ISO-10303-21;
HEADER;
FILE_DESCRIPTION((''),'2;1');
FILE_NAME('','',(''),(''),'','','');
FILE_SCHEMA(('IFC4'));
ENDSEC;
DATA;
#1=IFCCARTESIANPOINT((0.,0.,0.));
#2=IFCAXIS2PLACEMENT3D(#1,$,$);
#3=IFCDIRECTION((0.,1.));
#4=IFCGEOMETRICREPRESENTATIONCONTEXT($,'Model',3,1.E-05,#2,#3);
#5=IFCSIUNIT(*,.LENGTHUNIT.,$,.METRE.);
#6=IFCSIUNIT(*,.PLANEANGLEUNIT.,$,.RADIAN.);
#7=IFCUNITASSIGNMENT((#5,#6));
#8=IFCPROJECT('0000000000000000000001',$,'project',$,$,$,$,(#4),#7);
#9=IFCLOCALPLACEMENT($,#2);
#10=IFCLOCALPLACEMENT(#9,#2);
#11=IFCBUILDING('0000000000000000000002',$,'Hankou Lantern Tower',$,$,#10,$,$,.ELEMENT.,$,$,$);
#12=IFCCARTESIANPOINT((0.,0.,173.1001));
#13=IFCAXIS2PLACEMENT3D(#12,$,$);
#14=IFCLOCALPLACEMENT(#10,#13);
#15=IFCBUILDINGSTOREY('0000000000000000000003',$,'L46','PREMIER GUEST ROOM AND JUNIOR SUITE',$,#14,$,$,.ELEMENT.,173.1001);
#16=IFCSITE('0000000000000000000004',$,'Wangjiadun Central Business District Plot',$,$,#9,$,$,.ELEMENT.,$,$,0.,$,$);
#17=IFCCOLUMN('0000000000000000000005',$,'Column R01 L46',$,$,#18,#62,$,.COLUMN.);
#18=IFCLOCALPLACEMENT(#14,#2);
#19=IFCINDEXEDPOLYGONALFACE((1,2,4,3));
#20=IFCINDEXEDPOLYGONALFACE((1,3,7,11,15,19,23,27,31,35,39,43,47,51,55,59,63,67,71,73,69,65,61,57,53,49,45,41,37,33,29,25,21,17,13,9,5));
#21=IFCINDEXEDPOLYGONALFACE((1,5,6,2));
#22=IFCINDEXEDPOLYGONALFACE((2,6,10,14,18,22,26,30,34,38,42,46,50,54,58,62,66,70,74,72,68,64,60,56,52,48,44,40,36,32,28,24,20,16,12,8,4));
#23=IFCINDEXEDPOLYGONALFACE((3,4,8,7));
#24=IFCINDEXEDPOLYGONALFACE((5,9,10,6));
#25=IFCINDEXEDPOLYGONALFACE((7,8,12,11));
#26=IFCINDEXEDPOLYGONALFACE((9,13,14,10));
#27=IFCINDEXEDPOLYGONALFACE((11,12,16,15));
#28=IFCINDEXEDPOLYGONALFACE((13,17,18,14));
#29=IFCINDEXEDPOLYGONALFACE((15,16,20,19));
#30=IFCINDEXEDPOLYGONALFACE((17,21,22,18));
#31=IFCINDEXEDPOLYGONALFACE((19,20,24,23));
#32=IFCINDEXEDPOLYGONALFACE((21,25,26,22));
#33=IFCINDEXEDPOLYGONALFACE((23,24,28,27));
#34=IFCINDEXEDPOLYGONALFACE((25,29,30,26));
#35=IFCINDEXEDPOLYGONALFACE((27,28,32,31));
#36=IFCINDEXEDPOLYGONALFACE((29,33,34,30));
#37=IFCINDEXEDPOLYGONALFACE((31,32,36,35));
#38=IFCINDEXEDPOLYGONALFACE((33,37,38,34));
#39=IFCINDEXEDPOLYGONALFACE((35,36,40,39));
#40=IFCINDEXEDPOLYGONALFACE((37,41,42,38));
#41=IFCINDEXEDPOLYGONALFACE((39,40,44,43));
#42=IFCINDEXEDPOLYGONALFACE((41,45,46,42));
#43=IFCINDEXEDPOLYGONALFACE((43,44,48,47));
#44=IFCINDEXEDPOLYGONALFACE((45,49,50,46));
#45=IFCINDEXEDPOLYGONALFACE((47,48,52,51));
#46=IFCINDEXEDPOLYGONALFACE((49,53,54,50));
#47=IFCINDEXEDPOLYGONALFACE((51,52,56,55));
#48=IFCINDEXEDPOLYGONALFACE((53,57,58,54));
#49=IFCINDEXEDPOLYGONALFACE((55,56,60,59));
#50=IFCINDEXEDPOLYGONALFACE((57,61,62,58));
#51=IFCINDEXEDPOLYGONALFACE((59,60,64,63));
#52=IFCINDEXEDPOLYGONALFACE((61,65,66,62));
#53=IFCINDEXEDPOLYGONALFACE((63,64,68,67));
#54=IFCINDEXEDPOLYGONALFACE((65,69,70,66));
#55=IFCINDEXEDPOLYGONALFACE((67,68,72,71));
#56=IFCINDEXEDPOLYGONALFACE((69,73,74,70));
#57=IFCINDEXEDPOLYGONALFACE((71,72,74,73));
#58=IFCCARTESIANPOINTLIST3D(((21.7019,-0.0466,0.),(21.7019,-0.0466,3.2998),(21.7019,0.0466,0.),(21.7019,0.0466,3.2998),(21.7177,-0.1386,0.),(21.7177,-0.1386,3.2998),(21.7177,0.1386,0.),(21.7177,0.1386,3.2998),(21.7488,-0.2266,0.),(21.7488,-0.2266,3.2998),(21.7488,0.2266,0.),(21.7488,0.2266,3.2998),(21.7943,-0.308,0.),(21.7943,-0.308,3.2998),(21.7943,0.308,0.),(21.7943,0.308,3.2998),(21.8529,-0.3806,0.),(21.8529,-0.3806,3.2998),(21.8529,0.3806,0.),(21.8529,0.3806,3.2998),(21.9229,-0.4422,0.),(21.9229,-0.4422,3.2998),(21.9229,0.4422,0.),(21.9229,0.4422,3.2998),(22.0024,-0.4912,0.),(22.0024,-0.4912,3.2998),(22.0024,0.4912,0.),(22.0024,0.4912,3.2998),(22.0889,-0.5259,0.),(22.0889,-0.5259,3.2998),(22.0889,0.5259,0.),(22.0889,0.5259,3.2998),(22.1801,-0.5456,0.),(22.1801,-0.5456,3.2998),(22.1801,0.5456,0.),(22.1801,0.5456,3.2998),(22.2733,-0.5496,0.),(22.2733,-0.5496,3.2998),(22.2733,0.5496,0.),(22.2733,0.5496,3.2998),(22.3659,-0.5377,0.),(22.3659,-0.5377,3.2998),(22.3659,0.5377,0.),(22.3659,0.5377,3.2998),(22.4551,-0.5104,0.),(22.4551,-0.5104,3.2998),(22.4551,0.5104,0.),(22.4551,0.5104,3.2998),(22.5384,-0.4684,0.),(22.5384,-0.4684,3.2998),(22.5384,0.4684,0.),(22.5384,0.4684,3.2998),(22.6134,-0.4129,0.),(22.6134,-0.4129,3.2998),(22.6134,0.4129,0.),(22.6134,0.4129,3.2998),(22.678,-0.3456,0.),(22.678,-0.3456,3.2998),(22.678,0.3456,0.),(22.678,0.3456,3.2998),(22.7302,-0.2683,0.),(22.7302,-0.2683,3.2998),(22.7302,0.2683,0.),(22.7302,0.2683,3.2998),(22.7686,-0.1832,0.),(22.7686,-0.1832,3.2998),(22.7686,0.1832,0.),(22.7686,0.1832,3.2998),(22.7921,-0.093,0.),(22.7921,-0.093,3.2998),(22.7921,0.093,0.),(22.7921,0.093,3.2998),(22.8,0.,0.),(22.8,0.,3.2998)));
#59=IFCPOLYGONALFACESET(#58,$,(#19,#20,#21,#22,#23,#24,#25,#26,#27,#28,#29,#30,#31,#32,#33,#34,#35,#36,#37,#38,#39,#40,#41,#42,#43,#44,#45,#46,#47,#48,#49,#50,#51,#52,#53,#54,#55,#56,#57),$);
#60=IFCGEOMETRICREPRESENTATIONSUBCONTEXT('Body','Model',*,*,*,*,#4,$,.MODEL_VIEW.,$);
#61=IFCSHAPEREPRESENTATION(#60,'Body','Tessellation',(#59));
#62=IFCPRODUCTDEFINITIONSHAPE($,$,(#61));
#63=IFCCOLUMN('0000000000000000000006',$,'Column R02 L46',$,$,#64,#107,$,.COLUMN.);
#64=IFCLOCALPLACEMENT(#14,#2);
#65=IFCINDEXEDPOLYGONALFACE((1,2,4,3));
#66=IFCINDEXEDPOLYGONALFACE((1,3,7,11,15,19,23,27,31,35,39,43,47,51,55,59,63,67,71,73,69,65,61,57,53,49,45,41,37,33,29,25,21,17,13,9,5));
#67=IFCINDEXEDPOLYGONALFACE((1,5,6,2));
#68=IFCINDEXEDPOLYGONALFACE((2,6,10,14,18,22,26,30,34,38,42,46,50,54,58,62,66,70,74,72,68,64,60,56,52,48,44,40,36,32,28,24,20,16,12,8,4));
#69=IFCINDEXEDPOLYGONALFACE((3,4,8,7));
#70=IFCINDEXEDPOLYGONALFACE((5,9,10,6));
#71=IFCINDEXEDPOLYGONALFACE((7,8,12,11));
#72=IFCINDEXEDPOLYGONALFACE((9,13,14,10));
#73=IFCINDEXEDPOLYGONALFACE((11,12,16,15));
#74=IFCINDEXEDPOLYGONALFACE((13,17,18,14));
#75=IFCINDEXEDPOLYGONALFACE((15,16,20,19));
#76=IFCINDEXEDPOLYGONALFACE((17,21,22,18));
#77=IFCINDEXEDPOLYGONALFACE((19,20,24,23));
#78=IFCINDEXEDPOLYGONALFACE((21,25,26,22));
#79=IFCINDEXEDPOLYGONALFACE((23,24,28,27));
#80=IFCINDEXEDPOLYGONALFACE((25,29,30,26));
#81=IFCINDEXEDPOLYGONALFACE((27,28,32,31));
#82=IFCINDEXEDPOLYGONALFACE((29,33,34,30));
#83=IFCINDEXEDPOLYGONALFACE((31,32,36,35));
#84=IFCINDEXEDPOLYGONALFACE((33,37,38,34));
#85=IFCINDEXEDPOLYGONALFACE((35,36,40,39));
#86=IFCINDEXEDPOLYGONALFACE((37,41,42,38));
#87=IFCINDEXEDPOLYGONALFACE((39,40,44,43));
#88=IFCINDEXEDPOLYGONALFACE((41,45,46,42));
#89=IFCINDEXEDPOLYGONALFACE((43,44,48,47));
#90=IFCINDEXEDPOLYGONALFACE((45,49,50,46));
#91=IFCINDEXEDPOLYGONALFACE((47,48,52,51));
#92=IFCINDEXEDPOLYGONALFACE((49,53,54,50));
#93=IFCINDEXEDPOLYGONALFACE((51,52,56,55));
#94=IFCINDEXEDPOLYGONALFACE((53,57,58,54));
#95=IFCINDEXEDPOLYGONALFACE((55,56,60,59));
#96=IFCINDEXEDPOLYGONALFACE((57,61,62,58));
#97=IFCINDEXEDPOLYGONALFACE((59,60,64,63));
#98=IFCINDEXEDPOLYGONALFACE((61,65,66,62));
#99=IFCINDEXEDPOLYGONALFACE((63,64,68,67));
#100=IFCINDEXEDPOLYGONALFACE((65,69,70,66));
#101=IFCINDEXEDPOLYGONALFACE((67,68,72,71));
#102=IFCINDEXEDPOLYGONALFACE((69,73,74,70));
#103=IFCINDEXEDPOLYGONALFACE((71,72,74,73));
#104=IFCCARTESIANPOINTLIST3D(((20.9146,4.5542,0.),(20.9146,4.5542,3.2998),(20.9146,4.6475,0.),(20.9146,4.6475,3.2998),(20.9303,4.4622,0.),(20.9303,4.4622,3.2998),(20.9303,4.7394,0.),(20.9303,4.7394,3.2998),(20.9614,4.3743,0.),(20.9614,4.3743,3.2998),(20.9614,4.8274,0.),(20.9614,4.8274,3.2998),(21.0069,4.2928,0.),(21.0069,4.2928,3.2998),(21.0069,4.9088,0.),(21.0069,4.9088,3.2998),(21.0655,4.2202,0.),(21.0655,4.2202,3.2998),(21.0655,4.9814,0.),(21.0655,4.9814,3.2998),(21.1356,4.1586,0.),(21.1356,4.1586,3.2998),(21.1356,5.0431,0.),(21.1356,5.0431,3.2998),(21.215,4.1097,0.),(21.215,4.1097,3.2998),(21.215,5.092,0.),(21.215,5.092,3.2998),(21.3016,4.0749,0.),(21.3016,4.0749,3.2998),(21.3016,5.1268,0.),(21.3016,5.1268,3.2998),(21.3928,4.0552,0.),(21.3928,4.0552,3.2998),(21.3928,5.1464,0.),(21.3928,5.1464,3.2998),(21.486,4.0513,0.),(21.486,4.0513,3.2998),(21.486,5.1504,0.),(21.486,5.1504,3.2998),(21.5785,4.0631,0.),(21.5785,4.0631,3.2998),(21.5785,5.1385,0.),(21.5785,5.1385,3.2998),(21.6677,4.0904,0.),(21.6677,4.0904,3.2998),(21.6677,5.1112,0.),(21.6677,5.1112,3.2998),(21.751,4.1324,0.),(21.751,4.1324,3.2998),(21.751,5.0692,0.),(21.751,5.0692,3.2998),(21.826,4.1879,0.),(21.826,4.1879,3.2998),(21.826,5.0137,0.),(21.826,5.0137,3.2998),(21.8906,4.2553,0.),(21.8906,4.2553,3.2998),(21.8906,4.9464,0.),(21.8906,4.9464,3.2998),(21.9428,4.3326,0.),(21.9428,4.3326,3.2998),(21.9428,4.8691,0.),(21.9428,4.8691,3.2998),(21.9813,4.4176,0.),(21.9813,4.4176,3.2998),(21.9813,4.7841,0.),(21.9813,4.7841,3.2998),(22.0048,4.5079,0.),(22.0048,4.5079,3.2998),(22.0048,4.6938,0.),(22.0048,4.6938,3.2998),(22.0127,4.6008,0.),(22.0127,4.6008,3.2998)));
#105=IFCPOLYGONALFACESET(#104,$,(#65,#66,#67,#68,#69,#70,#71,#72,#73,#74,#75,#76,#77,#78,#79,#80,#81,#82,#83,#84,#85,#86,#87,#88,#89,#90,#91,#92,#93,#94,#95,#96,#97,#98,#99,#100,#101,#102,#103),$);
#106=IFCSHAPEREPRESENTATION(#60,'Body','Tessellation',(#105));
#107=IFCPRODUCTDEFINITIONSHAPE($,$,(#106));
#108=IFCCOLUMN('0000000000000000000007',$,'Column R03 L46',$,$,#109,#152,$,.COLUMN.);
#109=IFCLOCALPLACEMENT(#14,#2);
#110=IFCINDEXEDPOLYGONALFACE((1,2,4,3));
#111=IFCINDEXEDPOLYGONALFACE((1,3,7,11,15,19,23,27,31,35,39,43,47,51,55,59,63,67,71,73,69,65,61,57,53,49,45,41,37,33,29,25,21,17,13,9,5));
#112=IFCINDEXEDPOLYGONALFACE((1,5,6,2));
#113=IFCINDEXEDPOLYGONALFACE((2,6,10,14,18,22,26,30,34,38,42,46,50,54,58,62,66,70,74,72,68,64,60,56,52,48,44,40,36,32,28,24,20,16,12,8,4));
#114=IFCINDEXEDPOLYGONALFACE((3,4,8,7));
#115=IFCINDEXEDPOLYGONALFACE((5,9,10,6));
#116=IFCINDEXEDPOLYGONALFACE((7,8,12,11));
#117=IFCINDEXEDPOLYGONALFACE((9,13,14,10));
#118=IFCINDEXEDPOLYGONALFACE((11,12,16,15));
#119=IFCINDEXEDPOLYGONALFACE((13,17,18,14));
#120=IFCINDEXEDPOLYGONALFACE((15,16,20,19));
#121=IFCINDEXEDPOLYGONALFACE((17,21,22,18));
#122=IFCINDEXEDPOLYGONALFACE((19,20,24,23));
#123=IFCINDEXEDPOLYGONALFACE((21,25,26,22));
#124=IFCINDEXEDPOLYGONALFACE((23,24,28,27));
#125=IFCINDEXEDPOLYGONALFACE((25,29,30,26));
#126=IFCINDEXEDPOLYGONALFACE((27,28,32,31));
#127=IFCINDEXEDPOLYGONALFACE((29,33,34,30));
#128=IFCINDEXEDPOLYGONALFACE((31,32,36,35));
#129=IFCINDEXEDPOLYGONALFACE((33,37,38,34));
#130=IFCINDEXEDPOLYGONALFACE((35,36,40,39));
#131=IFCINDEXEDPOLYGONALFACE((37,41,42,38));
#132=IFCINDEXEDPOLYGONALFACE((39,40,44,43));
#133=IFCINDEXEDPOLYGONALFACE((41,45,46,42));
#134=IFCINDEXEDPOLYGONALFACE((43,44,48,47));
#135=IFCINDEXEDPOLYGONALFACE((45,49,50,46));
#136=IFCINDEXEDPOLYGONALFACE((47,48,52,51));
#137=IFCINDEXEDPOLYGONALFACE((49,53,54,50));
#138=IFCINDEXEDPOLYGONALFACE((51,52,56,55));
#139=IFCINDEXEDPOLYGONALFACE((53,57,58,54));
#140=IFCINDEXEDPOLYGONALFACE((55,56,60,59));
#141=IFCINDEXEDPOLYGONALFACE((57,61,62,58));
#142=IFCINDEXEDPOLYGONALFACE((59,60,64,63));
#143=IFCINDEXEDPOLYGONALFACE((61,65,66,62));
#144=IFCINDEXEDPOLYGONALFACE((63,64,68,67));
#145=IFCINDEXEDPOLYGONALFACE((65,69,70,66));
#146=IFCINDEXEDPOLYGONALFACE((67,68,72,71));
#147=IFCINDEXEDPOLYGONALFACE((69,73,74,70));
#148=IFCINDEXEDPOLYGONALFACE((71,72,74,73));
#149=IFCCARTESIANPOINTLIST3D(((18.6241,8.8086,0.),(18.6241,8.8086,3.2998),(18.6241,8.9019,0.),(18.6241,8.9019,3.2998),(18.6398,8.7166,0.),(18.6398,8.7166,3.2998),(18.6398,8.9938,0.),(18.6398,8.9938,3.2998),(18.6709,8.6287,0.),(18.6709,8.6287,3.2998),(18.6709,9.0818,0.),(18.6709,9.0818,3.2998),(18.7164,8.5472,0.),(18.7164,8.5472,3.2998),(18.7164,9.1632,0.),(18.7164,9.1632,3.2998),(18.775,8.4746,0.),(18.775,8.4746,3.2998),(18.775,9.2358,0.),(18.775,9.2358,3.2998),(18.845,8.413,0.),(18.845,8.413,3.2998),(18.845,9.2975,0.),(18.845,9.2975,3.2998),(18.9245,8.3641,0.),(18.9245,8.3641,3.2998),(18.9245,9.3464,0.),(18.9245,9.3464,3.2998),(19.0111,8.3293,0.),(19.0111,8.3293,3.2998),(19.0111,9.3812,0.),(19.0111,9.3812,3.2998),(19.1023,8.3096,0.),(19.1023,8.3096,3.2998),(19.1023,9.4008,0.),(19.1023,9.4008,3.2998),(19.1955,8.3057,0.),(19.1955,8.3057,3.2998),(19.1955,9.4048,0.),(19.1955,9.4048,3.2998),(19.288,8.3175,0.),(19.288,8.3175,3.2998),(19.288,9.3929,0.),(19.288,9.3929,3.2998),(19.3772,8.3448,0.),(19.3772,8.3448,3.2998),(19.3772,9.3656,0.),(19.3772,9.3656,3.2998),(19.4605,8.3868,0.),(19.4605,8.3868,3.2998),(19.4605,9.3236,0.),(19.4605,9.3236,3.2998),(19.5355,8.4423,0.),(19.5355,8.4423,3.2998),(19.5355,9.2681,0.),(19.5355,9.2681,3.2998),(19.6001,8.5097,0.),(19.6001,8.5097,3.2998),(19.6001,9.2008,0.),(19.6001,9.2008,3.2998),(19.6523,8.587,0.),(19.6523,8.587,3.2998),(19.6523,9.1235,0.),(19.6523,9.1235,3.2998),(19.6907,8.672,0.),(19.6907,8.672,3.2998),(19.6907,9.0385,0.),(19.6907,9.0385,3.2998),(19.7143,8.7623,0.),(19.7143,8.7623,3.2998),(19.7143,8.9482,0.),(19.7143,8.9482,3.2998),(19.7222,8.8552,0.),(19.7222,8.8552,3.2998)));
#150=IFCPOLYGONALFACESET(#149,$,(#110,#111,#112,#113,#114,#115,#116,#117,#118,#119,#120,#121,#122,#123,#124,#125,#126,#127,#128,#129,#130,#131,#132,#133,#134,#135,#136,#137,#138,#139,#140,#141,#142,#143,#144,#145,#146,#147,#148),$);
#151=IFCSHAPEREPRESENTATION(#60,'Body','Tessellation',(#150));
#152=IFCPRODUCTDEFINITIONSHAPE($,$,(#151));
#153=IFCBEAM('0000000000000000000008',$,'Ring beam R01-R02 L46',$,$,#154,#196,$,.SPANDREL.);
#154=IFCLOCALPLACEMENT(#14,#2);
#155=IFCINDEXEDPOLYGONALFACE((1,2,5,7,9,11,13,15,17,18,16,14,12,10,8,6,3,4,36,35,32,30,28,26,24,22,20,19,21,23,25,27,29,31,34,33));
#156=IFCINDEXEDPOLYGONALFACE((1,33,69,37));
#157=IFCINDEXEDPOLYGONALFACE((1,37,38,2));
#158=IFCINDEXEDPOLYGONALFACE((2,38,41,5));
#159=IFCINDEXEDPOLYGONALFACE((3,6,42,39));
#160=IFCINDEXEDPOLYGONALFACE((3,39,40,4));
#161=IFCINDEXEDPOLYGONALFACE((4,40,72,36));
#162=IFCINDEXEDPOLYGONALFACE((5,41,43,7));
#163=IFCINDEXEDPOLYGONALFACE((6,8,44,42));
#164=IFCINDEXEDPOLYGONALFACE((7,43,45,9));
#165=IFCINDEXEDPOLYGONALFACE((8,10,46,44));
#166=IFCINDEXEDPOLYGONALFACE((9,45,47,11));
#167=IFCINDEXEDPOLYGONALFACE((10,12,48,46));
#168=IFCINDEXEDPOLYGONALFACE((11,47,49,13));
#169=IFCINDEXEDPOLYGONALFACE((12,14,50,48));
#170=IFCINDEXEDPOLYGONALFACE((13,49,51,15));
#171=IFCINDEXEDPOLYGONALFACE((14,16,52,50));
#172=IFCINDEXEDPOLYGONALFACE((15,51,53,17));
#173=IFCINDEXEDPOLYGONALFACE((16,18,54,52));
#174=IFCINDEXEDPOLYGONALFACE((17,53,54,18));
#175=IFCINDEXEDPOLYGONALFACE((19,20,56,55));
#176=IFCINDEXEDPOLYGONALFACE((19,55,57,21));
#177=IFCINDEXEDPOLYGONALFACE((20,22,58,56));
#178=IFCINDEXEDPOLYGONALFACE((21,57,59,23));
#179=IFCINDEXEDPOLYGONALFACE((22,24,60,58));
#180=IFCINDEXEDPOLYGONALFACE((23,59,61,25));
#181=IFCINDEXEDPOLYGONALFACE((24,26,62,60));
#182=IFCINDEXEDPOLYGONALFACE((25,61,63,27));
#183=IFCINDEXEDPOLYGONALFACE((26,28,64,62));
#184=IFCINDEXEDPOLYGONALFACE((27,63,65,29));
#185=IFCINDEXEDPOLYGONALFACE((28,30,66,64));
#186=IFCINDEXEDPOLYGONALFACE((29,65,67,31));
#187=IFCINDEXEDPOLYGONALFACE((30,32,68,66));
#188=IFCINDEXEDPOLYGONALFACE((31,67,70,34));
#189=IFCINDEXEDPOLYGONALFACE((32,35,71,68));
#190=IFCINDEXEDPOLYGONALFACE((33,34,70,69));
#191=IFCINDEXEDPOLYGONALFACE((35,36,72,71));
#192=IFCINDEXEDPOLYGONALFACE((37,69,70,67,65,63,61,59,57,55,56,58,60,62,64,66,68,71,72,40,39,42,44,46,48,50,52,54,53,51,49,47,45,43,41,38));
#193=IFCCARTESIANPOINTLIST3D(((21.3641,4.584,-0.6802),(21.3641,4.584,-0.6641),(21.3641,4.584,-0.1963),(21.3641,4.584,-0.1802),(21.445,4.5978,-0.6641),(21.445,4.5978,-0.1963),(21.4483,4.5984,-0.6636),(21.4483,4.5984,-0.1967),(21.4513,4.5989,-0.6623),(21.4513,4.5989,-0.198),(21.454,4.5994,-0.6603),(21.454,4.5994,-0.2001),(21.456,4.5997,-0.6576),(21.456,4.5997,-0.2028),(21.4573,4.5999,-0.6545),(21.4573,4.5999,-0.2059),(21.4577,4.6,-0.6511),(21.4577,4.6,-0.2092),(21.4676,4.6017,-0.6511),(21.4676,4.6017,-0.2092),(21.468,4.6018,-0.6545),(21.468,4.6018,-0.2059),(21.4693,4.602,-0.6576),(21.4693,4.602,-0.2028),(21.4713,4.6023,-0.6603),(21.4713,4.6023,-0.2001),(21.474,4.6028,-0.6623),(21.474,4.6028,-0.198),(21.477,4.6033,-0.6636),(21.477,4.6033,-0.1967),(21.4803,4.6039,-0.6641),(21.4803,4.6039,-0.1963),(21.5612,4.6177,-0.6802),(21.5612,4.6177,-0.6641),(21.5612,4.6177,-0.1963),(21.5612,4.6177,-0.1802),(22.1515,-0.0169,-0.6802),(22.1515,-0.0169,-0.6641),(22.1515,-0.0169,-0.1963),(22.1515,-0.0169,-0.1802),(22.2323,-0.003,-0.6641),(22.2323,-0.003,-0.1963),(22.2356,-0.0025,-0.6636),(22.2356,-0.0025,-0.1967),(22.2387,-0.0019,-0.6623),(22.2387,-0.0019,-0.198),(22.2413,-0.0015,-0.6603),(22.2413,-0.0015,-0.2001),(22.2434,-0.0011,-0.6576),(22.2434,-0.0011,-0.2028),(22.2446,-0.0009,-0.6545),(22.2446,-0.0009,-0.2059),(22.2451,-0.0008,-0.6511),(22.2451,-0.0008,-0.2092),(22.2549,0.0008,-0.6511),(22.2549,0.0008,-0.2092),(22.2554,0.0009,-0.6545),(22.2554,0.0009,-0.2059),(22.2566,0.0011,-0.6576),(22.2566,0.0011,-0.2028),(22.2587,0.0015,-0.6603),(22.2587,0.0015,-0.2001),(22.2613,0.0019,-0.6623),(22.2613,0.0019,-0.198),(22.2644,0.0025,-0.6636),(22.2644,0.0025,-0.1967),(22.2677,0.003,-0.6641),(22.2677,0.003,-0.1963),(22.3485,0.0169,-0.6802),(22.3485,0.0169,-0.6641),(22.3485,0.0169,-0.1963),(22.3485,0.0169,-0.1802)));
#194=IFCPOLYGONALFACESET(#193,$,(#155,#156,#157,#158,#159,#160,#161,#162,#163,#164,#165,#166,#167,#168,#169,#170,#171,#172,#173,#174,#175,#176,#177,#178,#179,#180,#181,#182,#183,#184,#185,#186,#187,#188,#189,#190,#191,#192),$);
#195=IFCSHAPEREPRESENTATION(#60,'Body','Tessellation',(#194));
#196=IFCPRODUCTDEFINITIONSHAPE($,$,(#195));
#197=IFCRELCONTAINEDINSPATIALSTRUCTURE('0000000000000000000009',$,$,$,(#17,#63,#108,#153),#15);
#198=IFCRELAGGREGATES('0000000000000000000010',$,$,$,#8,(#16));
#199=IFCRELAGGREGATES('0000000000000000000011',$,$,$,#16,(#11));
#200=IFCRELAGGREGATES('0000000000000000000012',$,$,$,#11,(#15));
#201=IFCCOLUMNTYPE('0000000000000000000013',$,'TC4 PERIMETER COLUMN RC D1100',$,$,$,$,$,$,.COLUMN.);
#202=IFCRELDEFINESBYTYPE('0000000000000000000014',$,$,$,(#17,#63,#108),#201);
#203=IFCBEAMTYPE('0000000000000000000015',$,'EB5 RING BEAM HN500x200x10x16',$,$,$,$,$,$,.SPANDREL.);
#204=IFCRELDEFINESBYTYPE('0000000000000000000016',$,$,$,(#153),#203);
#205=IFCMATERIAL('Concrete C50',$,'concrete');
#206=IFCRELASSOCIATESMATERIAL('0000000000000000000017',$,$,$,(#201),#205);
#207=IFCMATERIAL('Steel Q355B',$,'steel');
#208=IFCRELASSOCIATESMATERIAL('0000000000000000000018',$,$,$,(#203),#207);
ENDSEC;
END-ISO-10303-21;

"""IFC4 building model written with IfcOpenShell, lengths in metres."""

from ifc_helpers import new_model, si_unit, direction, frame, origin, origin_2d, place, context, subcontext, project, spatial, circle, i_section, extrude, material, material_profile, profile_set, type_object, element, save


model = new_model("IFC4")

# Units and contexts
model_context = context("Model", 3, precision=1e-05, world=origin(), true_north=direction((0.0, 1.0)))
body_context = subcontext(model_context, "Body", "Model", "MODEL_VIEW")
ifc_project = project(units=[si_unit("LENGTHUNIT", "METRE"), si_unit("PLANEANGLEUNIT", "RADIAN")], contexts=[model_context])

# Site, building, storey
site_placement = place(None, origin())
site = spatial("IfcSite", under=ifc_project, at=site_placement, Name="Wangjiadun Central Business District Plot", CompositionType="ELEMENT", RefElevation=0.0)
building_placement = place(site_placement, origin())
building = spatial("IfcBuilding", under=site, at=building_placement, Name="Hankou Lantern Tower", CompositionType="ELEMENT")
storey_placement = place(building_placement, frame((0.0, 0.0, 173.1001)))
storey = spatial("IfcBuildingStorey", under=building, at=storey_placement, Name="L46", Description="PREMIER GUEST ROOM AND JUNIOR SUITE", CompositionType="ELEMENT", Elevation=173.1001)

# Columns
ifc_material_1 = material(Name="Concrete C50", Category="concrete")
ifc_material_profile_1 = material_profile(ifc_material_1, circle(Radius=0.55, at=origin_2d()), Name="RC D1100")
ifc_profile_set_1 = profile_set([ifc_material_profile_1], Name="Concrete C50")
column_type = type_object("IfcColumnType", Name="TC4 PERIMETER COLUMN RC D1100", PredefinedType="COLUMN", material=ifc_profile_set_1)
for number, where, z_axis, x_axis, name in (
    (1, (22.25, 0.0, 0.0), (0.0, 0.0, 1.0), (1.0, 0.0, 0.0), "Column R01 L46"),
    (2, (21.4626, 4.6008, 0.0), (0.0, 0.0, 1.0), (1.0, 0.0, 0.0), "Column R02 L46"),
    (3, (19.1721, 8.8552, 0.0), (0.0, 0.0, 1.0), (1.0, 0.0, 0.0), "Column R03 L46"),
):
    element("IfcColumn", number, at=place(storey_placement, frame(where, z_axis=z_axis, x_axis=x_axis)), inside=storey, type_object=column_type, Name=name, PredefinedType="COLUMN", context=body_context, shape_type="SweptSolid", body=[
        extrude(circle(Radius=0.55, at=origin_2d()), origin(), (0.0, 0.0, 1.0), 3.2998),
    ])

# Beam
ifc_material_2 = material(Name="Steel Q355B", Category="steel")
ifc_material_profile_2 = material_profile(ifc_material_2, i_section(OverallWidth=0.2, OverallDepth=0.5, WebThickness=0.01, FlangeThickness=0.0161, FilletRadius=0.0129, at=origin_2d()), Name="HN500x200x10x16")
ifc_profile_set_2 = profile_set([ifc_material_profile_2], Name="Steel Q355B")
beam_type_1 = type_object("IfcBeamType", Name="EB5 RING BEAM HN500x200x10x16", PredefinedType="SPANDREL", material=ifc_profile_set_2)
beam_1_placement = place(storey_placement, frame((22.25, 0.0, -0.4302), z_axis=(-0.168681, 0.985671, 0.0), x_axis=(-0.985671, -0.168681, 0.0)))
element("IfcBeam", 4, at=beam_1_placement, inside=storey, type_object=beam_type_1, Name="Ring beam R01-R02 L46", PredefinedType="SPANDREL", context=body_context, shape_type="SweptSolid", body=[
    extrude(i_section(OverallWidth=0.2, OverallDepth=0.5, WebThickness=0.01, FlangeThickness=0.0161, FilletRadius=0.0129, at=origin_2d()), origin(), (0.0, 0.0, 1.0), 4.6677),
])

save(model, "model.ifc")
